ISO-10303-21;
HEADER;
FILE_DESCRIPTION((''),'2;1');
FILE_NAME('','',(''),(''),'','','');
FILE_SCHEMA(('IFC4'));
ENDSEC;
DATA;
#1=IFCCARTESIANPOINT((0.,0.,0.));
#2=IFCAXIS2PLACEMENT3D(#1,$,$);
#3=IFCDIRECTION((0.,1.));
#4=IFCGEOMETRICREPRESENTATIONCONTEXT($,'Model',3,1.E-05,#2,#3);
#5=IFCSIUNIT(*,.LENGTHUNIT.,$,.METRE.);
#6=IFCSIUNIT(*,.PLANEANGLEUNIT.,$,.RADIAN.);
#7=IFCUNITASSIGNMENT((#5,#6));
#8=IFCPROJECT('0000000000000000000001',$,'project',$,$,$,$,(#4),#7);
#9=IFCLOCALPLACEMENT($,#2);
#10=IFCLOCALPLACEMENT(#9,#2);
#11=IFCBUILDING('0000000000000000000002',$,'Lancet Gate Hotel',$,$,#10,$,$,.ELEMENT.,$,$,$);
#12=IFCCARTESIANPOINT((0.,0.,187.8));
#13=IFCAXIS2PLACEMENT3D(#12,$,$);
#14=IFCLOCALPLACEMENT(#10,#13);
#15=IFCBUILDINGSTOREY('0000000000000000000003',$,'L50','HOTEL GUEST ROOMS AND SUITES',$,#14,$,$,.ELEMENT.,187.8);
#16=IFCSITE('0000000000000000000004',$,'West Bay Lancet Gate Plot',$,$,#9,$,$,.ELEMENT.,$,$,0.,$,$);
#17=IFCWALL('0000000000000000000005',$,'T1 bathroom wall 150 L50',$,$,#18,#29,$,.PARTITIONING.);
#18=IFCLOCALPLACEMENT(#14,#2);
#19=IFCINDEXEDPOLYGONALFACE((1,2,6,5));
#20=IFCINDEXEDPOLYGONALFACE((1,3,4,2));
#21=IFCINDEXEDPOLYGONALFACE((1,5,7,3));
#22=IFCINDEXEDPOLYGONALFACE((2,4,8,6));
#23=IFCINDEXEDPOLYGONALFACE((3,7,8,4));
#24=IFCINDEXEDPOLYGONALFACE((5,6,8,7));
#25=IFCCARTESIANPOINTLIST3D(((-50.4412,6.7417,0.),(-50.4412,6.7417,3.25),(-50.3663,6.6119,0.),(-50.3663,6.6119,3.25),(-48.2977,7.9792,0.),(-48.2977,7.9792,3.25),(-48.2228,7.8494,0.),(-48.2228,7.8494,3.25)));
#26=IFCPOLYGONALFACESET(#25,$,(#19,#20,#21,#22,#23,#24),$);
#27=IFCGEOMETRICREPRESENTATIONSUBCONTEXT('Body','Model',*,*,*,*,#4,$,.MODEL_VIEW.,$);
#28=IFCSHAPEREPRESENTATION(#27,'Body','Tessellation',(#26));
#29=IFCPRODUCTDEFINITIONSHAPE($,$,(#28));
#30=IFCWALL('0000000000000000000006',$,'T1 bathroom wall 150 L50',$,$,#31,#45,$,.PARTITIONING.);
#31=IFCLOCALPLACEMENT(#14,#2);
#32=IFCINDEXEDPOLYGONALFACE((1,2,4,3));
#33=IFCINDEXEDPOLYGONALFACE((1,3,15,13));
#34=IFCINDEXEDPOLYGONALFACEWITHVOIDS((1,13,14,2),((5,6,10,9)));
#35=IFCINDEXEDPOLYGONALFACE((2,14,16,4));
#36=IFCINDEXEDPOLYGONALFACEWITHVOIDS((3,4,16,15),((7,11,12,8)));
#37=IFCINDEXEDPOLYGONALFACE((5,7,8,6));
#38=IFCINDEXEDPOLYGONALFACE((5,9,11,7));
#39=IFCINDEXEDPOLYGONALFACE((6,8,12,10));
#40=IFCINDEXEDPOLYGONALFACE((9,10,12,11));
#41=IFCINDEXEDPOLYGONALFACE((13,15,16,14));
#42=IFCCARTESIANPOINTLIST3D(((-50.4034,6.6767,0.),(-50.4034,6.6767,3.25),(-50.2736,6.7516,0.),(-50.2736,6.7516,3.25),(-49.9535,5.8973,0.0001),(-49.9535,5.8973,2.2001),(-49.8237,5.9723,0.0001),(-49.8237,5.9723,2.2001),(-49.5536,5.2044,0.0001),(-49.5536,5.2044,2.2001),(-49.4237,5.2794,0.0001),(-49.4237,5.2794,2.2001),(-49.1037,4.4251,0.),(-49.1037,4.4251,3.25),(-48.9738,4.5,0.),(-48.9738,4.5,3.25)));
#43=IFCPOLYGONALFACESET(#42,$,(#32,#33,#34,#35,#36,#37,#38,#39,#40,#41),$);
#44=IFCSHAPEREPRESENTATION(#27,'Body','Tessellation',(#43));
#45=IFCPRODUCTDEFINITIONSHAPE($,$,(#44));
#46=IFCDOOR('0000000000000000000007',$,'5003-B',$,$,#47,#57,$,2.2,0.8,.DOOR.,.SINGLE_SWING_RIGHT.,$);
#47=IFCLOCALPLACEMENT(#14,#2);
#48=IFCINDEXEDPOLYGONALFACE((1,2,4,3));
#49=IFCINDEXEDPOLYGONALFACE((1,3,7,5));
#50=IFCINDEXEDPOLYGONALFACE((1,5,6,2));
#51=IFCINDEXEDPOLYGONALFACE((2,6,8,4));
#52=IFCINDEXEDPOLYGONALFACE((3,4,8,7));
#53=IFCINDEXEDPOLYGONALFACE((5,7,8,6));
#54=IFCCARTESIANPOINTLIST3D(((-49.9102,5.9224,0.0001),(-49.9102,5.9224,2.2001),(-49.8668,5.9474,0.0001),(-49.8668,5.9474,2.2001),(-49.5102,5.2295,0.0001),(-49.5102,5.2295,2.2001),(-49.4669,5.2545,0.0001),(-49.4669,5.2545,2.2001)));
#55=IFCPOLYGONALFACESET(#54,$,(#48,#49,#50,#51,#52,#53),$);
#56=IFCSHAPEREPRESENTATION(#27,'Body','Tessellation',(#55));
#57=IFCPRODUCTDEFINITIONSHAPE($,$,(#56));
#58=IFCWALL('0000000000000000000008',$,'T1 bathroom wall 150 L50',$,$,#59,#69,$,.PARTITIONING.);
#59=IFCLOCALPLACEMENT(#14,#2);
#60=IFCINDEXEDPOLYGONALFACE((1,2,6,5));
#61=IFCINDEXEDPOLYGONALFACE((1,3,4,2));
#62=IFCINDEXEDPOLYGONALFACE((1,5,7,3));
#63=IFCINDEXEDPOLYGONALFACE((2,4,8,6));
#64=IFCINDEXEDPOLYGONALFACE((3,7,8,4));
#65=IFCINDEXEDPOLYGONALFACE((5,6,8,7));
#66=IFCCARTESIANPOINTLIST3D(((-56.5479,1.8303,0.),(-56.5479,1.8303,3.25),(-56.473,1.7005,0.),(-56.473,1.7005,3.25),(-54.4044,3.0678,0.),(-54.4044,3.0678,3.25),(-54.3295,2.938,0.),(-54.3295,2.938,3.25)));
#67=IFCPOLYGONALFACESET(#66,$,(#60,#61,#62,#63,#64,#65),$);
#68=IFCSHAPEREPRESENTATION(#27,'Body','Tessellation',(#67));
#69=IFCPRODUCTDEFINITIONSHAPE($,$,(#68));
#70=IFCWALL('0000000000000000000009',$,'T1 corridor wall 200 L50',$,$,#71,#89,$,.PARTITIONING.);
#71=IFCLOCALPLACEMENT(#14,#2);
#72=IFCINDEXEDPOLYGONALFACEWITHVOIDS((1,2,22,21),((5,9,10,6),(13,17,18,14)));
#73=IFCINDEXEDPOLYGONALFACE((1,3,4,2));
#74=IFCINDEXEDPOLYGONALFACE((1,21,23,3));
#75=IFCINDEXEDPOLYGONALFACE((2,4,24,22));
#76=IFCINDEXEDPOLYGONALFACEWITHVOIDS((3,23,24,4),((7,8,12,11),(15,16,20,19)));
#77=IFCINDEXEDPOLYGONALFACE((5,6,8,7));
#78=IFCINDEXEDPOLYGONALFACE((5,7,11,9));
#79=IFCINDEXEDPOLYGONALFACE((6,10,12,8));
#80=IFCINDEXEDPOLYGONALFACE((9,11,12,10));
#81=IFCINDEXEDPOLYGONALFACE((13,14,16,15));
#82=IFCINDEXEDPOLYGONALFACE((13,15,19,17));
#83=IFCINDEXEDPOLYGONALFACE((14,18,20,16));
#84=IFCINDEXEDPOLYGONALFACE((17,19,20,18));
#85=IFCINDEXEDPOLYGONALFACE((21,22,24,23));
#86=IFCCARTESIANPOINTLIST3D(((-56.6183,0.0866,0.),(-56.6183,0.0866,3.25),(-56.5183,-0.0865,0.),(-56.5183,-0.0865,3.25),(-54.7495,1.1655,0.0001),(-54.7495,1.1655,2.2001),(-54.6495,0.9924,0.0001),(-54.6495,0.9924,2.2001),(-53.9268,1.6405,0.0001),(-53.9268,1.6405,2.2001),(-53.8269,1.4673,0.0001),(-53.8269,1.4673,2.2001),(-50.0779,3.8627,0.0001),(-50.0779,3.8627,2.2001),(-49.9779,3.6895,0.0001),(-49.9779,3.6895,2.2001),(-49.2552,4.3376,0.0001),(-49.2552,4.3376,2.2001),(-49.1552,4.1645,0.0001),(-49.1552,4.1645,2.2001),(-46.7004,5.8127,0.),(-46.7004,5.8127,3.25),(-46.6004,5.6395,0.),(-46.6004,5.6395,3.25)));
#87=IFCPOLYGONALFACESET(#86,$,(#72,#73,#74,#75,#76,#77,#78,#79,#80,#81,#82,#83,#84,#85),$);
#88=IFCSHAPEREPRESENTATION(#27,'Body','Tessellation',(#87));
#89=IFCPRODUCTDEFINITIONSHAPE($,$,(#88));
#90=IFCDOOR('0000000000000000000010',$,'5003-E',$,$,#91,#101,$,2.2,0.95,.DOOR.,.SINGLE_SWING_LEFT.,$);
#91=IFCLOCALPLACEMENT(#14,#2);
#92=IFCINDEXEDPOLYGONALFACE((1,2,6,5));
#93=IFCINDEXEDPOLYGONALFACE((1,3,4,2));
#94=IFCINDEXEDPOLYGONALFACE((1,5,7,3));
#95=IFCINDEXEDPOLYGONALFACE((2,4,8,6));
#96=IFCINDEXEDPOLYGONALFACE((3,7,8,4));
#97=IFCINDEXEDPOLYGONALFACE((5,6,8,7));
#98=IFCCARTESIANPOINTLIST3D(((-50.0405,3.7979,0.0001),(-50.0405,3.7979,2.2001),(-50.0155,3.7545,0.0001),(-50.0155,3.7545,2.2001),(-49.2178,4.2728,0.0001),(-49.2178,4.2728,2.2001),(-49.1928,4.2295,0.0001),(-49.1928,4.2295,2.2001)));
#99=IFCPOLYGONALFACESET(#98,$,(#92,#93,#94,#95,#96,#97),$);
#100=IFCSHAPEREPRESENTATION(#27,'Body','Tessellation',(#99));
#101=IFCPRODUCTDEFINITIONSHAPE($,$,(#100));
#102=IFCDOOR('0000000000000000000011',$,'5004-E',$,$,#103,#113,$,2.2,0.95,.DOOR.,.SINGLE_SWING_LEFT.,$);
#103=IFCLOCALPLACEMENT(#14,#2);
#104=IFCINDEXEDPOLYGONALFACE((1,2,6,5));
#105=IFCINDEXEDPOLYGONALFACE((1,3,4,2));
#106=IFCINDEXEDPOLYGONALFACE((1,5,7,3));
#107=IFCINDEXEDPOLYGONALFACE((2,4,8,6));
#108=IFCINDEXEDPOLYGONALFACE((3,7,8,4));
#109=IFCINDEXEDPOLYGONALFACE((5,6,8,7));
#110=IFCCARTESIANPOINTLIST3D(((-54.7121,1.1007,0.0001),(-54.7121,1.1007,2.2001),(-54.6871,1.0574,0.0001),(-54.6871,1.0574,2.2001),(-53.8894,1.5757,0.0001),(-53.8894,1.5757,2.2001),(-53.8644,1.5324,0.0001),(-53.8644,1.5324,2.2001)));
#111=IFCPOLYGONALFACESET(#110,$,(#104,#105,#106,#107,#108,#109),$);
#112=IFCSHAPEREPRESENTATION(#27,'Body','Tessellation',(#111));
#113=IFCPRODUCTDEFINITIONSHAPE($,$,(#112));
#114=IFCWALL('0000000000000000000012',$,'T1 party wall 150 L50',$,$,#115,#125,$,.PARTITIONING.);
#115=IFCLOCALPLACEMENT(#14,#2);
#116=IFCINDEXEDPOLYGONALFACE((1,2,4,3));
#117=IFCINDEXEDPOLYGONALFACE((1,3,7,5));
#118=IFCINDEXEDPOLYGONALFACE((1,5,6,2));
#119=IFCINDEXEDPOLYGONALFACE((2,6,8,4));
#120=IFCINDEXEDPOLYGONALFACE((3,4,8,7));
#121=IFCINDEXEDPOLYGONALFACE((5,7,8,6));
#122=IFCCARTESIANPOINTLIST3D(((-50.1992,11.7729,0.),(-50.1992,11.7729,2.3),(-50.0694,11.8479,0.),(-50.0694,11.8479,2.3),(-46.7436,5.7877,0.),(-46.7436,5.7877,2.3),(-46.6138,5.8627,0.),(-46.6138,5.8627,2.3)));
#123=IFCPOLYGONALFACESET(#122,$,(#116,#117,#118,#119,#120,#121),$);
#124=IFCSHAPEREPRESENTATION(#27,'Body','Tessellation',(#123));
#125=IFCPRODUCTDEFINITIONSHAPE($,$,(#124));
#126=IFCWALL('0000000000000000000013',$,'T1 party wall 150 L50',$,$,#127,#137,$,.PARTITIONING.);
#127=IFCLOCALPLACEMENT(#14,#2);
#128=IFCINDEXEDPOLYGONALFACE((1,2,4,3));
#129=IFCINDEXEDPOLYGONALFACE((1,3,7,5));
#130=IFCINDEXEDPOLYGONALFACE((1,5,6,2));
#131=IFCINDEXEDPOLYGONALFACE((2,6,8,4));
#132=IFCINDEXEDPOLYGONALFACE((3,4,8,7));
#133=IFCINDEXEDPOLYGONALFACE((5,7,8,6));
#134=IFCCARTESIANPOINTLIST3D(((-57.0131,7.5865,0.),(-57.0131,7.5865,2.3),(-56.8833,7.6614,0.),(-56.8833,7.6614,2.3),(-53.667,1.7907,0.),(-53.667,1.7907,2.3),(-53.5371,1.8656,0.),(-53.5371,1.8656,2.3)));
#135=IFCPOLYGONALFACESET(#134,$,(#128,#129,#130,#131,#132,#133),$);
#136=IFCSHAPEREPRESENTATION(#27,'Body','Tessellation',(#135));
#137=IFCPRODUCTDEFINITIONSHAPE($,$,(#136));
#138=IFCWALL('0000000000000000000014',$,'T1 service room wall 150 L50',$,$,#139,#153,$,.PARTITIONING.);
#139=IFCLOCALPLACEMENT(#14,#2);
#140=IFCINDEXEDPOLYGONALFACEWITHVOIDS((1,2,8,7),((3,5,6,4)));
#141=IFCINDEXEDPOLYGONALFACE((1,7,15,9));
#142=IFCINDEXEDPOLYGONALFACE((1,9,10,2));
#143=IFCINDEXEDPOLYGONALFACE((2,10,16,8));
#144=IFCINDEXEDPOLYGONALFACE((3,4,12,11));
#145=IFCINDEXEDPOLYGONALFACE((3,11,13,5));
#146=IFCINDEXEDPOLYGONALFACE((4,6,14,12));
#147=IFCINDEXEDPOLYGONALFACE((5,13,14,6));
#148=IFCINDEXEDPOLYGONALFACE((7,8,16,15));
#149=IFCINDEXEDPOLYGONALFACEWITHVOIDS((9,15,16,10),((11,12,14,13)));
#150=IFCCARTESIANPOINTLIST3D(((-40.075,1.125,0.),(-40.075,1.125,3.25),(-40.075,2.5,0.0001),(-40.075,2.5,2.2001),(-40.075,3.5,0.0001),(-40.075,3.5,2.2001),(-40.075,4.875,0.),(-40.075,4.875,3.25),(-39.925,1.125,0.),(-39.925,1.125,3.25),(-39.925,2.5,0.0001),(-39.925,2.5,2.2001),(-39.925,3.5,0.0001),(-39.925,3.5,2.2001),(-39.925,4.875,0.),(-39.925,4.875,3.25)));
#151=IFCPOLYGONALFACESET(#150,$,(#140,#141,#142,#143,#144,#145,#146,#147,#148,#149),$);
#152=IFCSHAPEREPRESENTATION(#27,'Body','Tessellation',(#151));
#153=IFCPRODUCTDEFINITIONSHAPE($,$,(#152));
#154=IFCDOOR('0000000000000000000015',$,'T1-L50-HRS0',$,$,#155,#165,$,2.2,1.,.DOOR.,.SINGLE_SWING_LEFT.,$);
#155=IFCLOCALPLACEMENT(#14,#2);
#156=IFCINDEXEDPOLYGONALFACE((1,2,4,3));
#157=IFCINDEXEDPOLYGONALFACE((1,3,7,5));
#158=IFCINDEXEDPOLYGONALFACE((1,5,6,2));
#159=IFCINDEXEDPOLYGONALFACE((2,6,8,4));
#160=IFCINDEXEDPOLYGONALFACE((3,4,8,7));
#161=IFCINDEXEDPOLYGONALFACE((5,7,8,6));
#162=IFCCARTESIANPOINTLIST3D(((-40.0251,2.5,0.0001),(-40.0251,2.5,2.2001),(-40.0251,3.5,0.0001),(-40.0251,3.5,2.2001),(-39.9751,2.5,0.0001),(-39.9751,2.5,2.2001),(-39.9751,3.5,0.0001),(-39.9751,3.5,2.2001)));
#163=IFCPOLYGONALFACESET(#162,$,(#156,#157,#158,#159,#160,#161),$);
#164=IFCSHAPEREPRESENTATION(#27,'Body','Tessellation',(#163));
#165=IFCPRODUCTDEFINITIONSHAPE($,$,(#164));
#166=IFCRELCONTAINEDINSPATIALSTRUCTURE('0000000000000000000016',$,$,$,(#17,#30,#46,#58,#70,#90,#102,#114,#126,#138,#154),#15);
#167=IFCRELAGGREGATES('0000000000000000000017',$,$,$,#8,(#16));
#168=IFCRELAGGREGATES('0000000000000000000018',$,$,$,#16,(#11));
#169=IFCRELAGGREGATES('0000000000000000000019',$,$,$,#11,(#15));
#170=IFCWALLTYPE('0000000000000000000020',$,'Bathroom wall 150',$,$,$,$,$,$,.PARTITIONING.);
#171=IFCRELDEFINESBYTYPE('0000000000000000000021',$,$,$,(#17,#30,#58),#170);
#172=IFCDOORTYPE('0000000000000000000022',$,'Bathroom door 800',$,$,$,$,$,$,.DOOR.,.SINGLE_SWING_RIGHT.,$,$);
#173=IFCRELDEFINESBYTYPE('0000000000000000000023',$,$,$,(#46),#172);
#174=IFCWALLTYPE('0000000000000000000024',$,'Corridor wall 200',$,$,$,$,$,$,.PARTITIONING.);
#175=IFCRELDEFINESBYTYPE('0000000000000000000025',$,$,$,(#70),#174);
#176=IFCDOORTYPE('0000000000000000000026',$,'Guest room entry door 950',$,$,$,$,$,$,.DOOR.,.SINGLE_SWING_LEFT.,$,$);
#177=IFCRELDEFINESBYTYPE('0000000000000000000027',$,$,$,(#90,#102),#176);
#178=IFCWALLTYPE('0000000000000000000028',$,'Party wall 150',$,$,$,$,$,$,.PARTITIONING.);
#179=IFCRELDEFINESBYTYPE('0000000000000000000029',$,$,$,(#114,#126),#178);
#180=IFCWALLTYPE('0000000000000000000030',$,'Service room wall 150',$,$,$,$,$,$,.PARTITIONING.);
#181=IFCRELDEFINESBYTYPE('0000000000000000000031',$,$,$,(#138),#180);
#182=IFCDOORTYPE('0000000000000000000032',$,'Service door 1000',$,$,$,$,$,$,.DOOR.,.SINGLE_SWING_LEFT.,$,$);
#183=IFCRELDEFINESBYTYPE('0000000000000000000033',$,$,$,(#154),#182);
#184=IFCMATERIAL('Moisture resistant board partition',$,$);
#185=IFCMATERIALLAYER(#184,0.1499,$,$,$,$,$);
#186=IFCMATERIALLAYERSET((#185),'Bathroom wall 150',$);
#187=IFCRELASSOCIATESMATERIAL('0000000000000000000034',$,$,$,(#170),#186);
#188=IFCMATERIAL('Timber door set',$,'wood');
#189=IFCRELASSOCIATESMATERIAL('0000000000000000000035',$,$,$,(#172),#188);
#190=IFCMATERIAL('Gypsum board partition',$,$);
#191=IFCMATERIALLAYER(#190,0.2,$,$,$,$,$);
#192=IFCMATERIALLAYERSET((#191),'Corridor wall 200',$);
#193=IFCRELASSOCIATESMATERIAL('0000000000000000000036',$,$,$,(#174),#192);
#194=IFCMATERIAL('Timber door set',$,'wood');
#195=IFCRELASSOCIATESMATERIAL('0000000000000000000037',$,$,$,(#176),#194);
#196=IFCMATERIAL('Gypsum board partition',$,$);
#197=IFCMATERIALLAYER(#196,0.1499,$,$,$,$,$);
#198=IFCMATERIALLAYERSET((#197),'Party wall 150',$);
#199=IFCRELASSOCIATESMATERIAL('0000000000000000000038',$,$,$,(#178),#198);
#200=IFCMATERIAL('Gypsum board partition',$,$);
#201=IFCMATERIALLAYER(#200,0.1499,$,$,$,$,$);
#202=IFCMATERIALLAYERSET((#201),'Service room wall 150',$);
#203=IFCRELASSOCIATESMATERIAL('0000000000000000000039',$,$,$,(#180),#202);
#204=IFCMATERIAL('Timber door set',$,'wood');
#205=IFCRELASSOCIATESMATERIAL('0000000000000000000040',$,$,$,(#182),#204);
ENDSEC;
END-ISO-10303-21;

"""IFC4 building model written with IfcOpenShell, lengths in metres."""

from ifc_helpers import new_model, si_unit, direction, frame, frame_2d, origin, place, context, subcontext, project, spatial, rectangle, extrude, material, layer, layer_set, type_object, element, fill, save


model = new_model("IFC4")

# Units and contexts
model_context = context("Model", 3, precision=1e-05, world=origin(), true_north=direction((0.0, 1.0)))
body_context = subcontext(model_context, "Body", "Model", "MODEL_VIEW")
ifc_project = project(units=[si_unit("LENGTHUNIT", "METRE"), si_unit("PLANEANGLEUNIT", "RADIAN")], contexts=[model_context])

# Site, building, storey
site_placement = place(None, origin())
site = spatial("IfcSite", under=ifc_project, at=site_placement, Name="West Bay Lancet Gate Plot", CompositionType="ELEMENT", RefElevation=0.0)
building_placement = place(site_placement, origin())
building = spatial("IfcBuilding", under=site, at=building_placement, Name="Lancet Gate Hotel", CompositionType="ELEMENT")
storey_placement = place(building_placement, frame((0.0, 0.0, 187.8)))
storey = spatial("IfcBuildingStorey", under=building, at=storey_placement, Name="L50", Description="HOTEL GUEST ROOMS AND SUITES", CompositionType="ELEMENT", Elevation=187.8)

# Wall
ifc_material_1 = material(Name="Moisture resistant board partition")
ifc_layer_1 = layer(ifc_material_1, 0.1499)
ifc_layer_set_1 = layer_set([ifc_layer_1], Name="Bathroom wall 150")
wall_type_1 = type_object("IfcWallType", Name="Bathroom wall 150", PredefinedType="PARTITIONING", material=ifc_layer_set_1)
wall_1_placement = place(storey_placement, frame((-48.2603, 7.9143, 0.0), z_axis=(0.0, 0.0, 1.0), x_axis=(-0.866031, -0.49999, 0.0)))
element("IfcWall", 1, at=wall_1_placement, inside=storey, type_object=wall_type_1, Name="T1 bathroom wall 150 L50", PredefinedType="PARTITIONING", context=body_context, shape_type="SweptSolid", body=[
    extrude(rectangle(XDim=2.4751, YDim=0.1499, at=frame_2d((1.2375, 0.0))), origin(), (0.0, 0.0, 1.0), 3.25),
])

# Wall, opening, door
wall_2_placement = place(storey_placement, frame((-49.0388, 4.4626, 0.0), z_axis=(0.0, 0.0, 1.0), x_axis=(-0.499937, 0.866062, 0.0)))
wall_2 = element("IfcWall", 2, at=wall_2_placement, inside=storey, type_object=wall_type_1, Name="T1 bathroom wall 150 L50", PredefinedType="PARTITIONING", context=body_context, shape_type="SweptSolid", body=[
    extrude(rectangle(XDim=2.5999, YDim=0.1499, at=frame_2d((1.2998, 0.0))), origin(), (0.0, 0.0, 1.0), 3.25),
])
opening_1_placement = place(wall_2_placement, frame((0.8999, 0.0, 0.0)))
opening_1 = element("IfcOpeningElement", 3, at=opening_1_placement, cuts=wall_2, PredefinedType="OPENING", context=body_context, shape_type="SweptSolid", body=[
    extrude(rectangle(XDim=0.8, YDim=2.2, at=frame_2d((0.3999, 1.1001))), frame((0.0, 0.085, 0.0), z_axis=(0.0, -1.0, 0.0), x_axis=(1.0, 0.0, 0.0)), (0.0, 0.0, 1.0), 0.1699),
])
ifc_material_2 = material(Name="Timber door set", Category="wood")
door_type_1 = type_object("IfcDoorType", Name="Bathroom door 800", OperationType="SINGLE_SWING_RIGHT", PredefinedType="DOOR", material=ifc_material_2)
door_1_placement = place(opening_1_placement, origin())
door_1 = element("IfcDoor", 4, at=door_1_placement, inside=storey, type_object=door_type_1, Name="5003-B", OperationType="SINGLE_SWING_RIGHT", OverallHeight=2.2, OverallWidth=0.8, PredefinedType="DOOR", context=body_context, shape_type="SweptSolid", body=[
    extrude(rectangle(XDim=0.8, YDim=2.2, at=frame_2d((0.3999, 1.1001))), frame((0.0, 0.0249, 0.0), z_axis=(0.0, -1.0, 0.0), x_axis=(1.0, 0.0, 0.0)), (0.0, 0.0, 1.0), 0.05),
])
fill(opening_1, door_1)

# Wall
wall_3_placement = place(storey_placement, frame((-54.3669, 3.0029, 0.0), z_axis=(0.0, 0.0, 1.0), x_axis=(-0.866031, -0.49999, 0.0)))
element("IfcWall", 5, at=wall_3_placement, inside=storey, type_object=wall_type_1, Name="T1 bathroom wall 150 L50", PredefinedType="PARTITIONING", context=body_context, shape_type="SweptSolid", body=[
    extrude(rectangle(XDim=2.4751, YDim=0.1499, at=frame_2d((1.2375, 0.0))), origin(), (0.0, 0.0, 1.0), 3.25),
])

# Wall, openings, doors
ifc_material_3 = material(Name="Gypsum board partition")
ifc_layer_2 = layer(ifc_material_3, 0.2)
ifc_layer_set_2 = layer_set([ifc_layer_2], Name="Corridor wall 200")
wall_type_2 = type_object("IfcWallType", Name="Corridor wall 200", PredefinedType="PARTITIONING", material=ifc_layer_set_2)
wall_4_placement = place(storey_placement, frame((-46.6504, 5.7261, 0.0), z_axis=(0.0, 0.0, 1.0), x_axis=(-0.866028, -0.499996, 0.0)))
wall_4 = element("IfcWall", 6, at=wall_4_placement, inside=storey, type_object=wall_type_2, Name="T1 corridor wall 200 L50", PredefinedType="PARTITIONING", context=body_context, shape_type="SweptSolid", body=[
    extrude(rectangle(XDim=11.4521, YDim=0.2, at=frame_2d((5.7261, 0.0))), origin(), (0.0, 0.0, 1.0), 3.25),
])
opening_2_placement = place(wall_4_placement, frame((2.95, 0.0, 0.0)))
opening_2 = element("IfcOpeningElement", 7, at=opening_2_placement, cuts=wall_4, PredefinedType="OPENING", context=body_context, shape_type="SweptSolid", body=[
    extrude(rectangle(XDim=0.95, YDim=2.2, at=frame_2d((0.4751, 1.1001))), frame((0.0, 0.1099, 0.0), z_axis=(0.0, -1.0, 0.0), x_axis=(1.0, 0.0, 0.0)), (0.0, 0.0, 1.0), 0.22),
])
opening_3_placement = place(wall_4_placement, frame((8.3442, 0.0, 0.0)))
opening_3 = element("IfcOpeningElement", 8, at=opening_3_placement, cuts=wall_4, PredefinedType="OPENING", context=body_context, shape_type="SweptSolid", body=[
    extrude(rectangle(XDim=0.95, YDim=2.2, at=frame_2d((0.4751, 1.1001))), frame((0.0, 0.1099, 0.0), z_axis=(0.0, -1.0, 0.0), x_axis=(1.0, 0.0, 0.0)), (0.0, 0.0, 1.0), 0.22),
])
ifc_material_4 = material(Name="Timber door set", Category="wood")
door_type_2 = type_object("IfcDoorType", Name="Guest room entry door 950", OperationType="SINGLE_SWING_LEFT", PredefinedType="DOOR", material=ifc_material_4)
door_2_placement = place(opening_2_placement, origin())
door_2 = element("IfcDoor", 9, at=door_2_placement, inside=storey, type_object=door_type_2, Name="5003-E", OperationType="SINGLE_SWING_LEFT", OverallHeight=2.2, OverallWidth=0.95, PredefinedType="DOOR", context=body_context, shape_type="SweptSolid", body=[
    extrude(rectangle(XDim=0.95, YDim=2.2, at=frame_2d((0.4751, 1.1001))), frame((0.0, 0.0249, 0.0), z_axis=(0.0, -1.0, 0.0), x_axis=(1.0, 0.0, 0.0)), (0.0, 0.0, 1.0), 0.05),
])
fill(opening_2, door_2)
door_3_placement = place(opening_3_placement, origin())
door_3 = element("IfcDoor", 10, at=door_3_placement, inside=storey, type_object=door_type_2, Name="5004-E", OperationType="SINGLE_SWING_LEFT", OverallHeight=2.2, OverallWidth=0.95, PredefinedType="DOOR", context=body_context, shape_type="SweptSolid", body=[
    extrude(rectangle(XDim=0.95, YDim=2.2, at=frame_2d((0.4751, 1.1001))), frame((0.0, 0.0249, 0.0), z_axis=(0.0, -1.0, 0.0), x_axis=(1.0, 0.0, 0.0)), (0.0, 0.0, 1.0), 0.05),
])
fill(opening_3, door_3)

# Walls
ifc_material_5 = material(Name="Gypsum board partition")
ifc_layer_3 = layer(ifc_material_5, 0.1499)
ifc_layer_set_3 = layer_set([ifc_layer_3], Name="Party wall 150")
wall_type_3 = type_object("IfcWallType", Name="Party wall 150", PredefinedType="PARTITIONING", material=ifc_layer_set_3)
wall_5_placement = place(storey_placement, frame((-46.6787, 5.8252, 0.0), z_axis=(0.0, 0.0, 1.0), x_axis=(-0.500007, 0.866021, 0.0)))
element("IfcWall", 11, at=wall_5_placement, inside=storey, type_object=wall_type_3, Name="T1 party wall 150 L50", PredefinedType="PARTITIONING", context=body_context, shape_type="SweptSolid", body=[
    extrude(rectangle(XDim=6.9111, YDim=0.1499, at=frame_2d((3.4556, 0.0))), origin(), (0.0, 0.0, 1.0), 2.3),
])
wall_6_placement = place(storey_placement, frame((-53.6021, 1.8281, 0.0), z_axis=(0.0, 0.0, 1.0), x_axis=(-0.499992, 0.86603, 0.0)))
element("IfcWall", 12, at=wall_6_placement, inside=storey, type_object=wall_type_3, Name="T1 party wall 150 L50", PredefinedType="PARTITIONING", context=body_context, shape_type="SweptSolid", body=[
    extrude(rectangle(XDim=6.6924, YDim=0.1499, at=frame_2d((3.3462, 0.0))), origin(), (0.0, 0.0, 1.0), 2.3),
])

# Wall, opening, door
ifc_material_6 = material(Name="Gypsum board partition")
ifc_layer_4 = layer(ifc_material_6, 0.1499)
ifc_layer_set_4 = layer_set([ifc_layer_4], Name="Service room wall 150")
wall_type_4 = type_object("IfcWallType", Name="Service room wall 150", PredefinedType="PARTITIONING", material=ifc_layer_set_4)
wall_7_placement = place(storey_placement, frame((-40.0, 4.875, 0.0), z_axis=(0.0, 0.0, 1.0), x_axis=(0.0, -1.0, 0.0)))
wall_7 = element("IfcWall", 13, at=wall_7_placement, inside=storey, type_object=wall_type_4, Name="T1 service room wall 150 L50", PredefinedType="PARTITIONING", context=body_context, shape_type="SweptSolid", body=[
    extrude(rectangle(XDim=3.75, YDim=0.1499, at=frame_2d((1.875, 0.0))), origin(), (0.0, 0.0, 1.0), 3.25),
])
opening_4_placement = place(wall_7_placement, frame((1.375, 0.0, 0.0)))
opening_4 = element("IfcOpeningElement", 14, at=opening_4_placement, cuts=wall_7, PredefinedType="OPENING", context=body_context, shape_type="SweptSolid", body=[
    extrude(rectangle(XDim=1.0, YDim=2.2, at=frame_2d((0.5, 1.1001))), frame((0.0, 0.085, 0.0), z_axis=(0.0, -1.0, 0.0), x_axis=(1.0, 0.0, 0.0)), (0.0, 0.0, 1.0), 0.1699),
])
ifc_material_7 = material(Name="Timber door set", Category="wood")
door_type_3 = type_object("IfcDoorType", Name="Service door 1000", OperationType="SINGLE_SWING_LEFT", PredefinedType="DOOR", material=ifc_material_7)
door_4_placement = place(opening_4_placement, origin())
door_4 = element("IfcDoor", 15, at=door_4_placement, inside=storey, type_object=door_type_3, Name="T1-L50-HRS0", OperationType="SINGLE_SWING_LEFT", OverallHeight=2.2, OverallWidth=1.0, PredefinedType="DOOR", context=body_context, shape_type="SweptSolid", body=[
    extrude(rectangle(XDim=1.0, YDim=2.2, at=frame_2d((0.5, 1.1001))), frame((0.0, 0.0249, 0.0), z_axis=(0.0, -1.0, 0.0), x_axis=(1.0, 0.0, 0.0)), (0.0, 0.0, 1.0), 0.05),
])
fill(opening_4, door_4)

save(model, "model.ifc")
